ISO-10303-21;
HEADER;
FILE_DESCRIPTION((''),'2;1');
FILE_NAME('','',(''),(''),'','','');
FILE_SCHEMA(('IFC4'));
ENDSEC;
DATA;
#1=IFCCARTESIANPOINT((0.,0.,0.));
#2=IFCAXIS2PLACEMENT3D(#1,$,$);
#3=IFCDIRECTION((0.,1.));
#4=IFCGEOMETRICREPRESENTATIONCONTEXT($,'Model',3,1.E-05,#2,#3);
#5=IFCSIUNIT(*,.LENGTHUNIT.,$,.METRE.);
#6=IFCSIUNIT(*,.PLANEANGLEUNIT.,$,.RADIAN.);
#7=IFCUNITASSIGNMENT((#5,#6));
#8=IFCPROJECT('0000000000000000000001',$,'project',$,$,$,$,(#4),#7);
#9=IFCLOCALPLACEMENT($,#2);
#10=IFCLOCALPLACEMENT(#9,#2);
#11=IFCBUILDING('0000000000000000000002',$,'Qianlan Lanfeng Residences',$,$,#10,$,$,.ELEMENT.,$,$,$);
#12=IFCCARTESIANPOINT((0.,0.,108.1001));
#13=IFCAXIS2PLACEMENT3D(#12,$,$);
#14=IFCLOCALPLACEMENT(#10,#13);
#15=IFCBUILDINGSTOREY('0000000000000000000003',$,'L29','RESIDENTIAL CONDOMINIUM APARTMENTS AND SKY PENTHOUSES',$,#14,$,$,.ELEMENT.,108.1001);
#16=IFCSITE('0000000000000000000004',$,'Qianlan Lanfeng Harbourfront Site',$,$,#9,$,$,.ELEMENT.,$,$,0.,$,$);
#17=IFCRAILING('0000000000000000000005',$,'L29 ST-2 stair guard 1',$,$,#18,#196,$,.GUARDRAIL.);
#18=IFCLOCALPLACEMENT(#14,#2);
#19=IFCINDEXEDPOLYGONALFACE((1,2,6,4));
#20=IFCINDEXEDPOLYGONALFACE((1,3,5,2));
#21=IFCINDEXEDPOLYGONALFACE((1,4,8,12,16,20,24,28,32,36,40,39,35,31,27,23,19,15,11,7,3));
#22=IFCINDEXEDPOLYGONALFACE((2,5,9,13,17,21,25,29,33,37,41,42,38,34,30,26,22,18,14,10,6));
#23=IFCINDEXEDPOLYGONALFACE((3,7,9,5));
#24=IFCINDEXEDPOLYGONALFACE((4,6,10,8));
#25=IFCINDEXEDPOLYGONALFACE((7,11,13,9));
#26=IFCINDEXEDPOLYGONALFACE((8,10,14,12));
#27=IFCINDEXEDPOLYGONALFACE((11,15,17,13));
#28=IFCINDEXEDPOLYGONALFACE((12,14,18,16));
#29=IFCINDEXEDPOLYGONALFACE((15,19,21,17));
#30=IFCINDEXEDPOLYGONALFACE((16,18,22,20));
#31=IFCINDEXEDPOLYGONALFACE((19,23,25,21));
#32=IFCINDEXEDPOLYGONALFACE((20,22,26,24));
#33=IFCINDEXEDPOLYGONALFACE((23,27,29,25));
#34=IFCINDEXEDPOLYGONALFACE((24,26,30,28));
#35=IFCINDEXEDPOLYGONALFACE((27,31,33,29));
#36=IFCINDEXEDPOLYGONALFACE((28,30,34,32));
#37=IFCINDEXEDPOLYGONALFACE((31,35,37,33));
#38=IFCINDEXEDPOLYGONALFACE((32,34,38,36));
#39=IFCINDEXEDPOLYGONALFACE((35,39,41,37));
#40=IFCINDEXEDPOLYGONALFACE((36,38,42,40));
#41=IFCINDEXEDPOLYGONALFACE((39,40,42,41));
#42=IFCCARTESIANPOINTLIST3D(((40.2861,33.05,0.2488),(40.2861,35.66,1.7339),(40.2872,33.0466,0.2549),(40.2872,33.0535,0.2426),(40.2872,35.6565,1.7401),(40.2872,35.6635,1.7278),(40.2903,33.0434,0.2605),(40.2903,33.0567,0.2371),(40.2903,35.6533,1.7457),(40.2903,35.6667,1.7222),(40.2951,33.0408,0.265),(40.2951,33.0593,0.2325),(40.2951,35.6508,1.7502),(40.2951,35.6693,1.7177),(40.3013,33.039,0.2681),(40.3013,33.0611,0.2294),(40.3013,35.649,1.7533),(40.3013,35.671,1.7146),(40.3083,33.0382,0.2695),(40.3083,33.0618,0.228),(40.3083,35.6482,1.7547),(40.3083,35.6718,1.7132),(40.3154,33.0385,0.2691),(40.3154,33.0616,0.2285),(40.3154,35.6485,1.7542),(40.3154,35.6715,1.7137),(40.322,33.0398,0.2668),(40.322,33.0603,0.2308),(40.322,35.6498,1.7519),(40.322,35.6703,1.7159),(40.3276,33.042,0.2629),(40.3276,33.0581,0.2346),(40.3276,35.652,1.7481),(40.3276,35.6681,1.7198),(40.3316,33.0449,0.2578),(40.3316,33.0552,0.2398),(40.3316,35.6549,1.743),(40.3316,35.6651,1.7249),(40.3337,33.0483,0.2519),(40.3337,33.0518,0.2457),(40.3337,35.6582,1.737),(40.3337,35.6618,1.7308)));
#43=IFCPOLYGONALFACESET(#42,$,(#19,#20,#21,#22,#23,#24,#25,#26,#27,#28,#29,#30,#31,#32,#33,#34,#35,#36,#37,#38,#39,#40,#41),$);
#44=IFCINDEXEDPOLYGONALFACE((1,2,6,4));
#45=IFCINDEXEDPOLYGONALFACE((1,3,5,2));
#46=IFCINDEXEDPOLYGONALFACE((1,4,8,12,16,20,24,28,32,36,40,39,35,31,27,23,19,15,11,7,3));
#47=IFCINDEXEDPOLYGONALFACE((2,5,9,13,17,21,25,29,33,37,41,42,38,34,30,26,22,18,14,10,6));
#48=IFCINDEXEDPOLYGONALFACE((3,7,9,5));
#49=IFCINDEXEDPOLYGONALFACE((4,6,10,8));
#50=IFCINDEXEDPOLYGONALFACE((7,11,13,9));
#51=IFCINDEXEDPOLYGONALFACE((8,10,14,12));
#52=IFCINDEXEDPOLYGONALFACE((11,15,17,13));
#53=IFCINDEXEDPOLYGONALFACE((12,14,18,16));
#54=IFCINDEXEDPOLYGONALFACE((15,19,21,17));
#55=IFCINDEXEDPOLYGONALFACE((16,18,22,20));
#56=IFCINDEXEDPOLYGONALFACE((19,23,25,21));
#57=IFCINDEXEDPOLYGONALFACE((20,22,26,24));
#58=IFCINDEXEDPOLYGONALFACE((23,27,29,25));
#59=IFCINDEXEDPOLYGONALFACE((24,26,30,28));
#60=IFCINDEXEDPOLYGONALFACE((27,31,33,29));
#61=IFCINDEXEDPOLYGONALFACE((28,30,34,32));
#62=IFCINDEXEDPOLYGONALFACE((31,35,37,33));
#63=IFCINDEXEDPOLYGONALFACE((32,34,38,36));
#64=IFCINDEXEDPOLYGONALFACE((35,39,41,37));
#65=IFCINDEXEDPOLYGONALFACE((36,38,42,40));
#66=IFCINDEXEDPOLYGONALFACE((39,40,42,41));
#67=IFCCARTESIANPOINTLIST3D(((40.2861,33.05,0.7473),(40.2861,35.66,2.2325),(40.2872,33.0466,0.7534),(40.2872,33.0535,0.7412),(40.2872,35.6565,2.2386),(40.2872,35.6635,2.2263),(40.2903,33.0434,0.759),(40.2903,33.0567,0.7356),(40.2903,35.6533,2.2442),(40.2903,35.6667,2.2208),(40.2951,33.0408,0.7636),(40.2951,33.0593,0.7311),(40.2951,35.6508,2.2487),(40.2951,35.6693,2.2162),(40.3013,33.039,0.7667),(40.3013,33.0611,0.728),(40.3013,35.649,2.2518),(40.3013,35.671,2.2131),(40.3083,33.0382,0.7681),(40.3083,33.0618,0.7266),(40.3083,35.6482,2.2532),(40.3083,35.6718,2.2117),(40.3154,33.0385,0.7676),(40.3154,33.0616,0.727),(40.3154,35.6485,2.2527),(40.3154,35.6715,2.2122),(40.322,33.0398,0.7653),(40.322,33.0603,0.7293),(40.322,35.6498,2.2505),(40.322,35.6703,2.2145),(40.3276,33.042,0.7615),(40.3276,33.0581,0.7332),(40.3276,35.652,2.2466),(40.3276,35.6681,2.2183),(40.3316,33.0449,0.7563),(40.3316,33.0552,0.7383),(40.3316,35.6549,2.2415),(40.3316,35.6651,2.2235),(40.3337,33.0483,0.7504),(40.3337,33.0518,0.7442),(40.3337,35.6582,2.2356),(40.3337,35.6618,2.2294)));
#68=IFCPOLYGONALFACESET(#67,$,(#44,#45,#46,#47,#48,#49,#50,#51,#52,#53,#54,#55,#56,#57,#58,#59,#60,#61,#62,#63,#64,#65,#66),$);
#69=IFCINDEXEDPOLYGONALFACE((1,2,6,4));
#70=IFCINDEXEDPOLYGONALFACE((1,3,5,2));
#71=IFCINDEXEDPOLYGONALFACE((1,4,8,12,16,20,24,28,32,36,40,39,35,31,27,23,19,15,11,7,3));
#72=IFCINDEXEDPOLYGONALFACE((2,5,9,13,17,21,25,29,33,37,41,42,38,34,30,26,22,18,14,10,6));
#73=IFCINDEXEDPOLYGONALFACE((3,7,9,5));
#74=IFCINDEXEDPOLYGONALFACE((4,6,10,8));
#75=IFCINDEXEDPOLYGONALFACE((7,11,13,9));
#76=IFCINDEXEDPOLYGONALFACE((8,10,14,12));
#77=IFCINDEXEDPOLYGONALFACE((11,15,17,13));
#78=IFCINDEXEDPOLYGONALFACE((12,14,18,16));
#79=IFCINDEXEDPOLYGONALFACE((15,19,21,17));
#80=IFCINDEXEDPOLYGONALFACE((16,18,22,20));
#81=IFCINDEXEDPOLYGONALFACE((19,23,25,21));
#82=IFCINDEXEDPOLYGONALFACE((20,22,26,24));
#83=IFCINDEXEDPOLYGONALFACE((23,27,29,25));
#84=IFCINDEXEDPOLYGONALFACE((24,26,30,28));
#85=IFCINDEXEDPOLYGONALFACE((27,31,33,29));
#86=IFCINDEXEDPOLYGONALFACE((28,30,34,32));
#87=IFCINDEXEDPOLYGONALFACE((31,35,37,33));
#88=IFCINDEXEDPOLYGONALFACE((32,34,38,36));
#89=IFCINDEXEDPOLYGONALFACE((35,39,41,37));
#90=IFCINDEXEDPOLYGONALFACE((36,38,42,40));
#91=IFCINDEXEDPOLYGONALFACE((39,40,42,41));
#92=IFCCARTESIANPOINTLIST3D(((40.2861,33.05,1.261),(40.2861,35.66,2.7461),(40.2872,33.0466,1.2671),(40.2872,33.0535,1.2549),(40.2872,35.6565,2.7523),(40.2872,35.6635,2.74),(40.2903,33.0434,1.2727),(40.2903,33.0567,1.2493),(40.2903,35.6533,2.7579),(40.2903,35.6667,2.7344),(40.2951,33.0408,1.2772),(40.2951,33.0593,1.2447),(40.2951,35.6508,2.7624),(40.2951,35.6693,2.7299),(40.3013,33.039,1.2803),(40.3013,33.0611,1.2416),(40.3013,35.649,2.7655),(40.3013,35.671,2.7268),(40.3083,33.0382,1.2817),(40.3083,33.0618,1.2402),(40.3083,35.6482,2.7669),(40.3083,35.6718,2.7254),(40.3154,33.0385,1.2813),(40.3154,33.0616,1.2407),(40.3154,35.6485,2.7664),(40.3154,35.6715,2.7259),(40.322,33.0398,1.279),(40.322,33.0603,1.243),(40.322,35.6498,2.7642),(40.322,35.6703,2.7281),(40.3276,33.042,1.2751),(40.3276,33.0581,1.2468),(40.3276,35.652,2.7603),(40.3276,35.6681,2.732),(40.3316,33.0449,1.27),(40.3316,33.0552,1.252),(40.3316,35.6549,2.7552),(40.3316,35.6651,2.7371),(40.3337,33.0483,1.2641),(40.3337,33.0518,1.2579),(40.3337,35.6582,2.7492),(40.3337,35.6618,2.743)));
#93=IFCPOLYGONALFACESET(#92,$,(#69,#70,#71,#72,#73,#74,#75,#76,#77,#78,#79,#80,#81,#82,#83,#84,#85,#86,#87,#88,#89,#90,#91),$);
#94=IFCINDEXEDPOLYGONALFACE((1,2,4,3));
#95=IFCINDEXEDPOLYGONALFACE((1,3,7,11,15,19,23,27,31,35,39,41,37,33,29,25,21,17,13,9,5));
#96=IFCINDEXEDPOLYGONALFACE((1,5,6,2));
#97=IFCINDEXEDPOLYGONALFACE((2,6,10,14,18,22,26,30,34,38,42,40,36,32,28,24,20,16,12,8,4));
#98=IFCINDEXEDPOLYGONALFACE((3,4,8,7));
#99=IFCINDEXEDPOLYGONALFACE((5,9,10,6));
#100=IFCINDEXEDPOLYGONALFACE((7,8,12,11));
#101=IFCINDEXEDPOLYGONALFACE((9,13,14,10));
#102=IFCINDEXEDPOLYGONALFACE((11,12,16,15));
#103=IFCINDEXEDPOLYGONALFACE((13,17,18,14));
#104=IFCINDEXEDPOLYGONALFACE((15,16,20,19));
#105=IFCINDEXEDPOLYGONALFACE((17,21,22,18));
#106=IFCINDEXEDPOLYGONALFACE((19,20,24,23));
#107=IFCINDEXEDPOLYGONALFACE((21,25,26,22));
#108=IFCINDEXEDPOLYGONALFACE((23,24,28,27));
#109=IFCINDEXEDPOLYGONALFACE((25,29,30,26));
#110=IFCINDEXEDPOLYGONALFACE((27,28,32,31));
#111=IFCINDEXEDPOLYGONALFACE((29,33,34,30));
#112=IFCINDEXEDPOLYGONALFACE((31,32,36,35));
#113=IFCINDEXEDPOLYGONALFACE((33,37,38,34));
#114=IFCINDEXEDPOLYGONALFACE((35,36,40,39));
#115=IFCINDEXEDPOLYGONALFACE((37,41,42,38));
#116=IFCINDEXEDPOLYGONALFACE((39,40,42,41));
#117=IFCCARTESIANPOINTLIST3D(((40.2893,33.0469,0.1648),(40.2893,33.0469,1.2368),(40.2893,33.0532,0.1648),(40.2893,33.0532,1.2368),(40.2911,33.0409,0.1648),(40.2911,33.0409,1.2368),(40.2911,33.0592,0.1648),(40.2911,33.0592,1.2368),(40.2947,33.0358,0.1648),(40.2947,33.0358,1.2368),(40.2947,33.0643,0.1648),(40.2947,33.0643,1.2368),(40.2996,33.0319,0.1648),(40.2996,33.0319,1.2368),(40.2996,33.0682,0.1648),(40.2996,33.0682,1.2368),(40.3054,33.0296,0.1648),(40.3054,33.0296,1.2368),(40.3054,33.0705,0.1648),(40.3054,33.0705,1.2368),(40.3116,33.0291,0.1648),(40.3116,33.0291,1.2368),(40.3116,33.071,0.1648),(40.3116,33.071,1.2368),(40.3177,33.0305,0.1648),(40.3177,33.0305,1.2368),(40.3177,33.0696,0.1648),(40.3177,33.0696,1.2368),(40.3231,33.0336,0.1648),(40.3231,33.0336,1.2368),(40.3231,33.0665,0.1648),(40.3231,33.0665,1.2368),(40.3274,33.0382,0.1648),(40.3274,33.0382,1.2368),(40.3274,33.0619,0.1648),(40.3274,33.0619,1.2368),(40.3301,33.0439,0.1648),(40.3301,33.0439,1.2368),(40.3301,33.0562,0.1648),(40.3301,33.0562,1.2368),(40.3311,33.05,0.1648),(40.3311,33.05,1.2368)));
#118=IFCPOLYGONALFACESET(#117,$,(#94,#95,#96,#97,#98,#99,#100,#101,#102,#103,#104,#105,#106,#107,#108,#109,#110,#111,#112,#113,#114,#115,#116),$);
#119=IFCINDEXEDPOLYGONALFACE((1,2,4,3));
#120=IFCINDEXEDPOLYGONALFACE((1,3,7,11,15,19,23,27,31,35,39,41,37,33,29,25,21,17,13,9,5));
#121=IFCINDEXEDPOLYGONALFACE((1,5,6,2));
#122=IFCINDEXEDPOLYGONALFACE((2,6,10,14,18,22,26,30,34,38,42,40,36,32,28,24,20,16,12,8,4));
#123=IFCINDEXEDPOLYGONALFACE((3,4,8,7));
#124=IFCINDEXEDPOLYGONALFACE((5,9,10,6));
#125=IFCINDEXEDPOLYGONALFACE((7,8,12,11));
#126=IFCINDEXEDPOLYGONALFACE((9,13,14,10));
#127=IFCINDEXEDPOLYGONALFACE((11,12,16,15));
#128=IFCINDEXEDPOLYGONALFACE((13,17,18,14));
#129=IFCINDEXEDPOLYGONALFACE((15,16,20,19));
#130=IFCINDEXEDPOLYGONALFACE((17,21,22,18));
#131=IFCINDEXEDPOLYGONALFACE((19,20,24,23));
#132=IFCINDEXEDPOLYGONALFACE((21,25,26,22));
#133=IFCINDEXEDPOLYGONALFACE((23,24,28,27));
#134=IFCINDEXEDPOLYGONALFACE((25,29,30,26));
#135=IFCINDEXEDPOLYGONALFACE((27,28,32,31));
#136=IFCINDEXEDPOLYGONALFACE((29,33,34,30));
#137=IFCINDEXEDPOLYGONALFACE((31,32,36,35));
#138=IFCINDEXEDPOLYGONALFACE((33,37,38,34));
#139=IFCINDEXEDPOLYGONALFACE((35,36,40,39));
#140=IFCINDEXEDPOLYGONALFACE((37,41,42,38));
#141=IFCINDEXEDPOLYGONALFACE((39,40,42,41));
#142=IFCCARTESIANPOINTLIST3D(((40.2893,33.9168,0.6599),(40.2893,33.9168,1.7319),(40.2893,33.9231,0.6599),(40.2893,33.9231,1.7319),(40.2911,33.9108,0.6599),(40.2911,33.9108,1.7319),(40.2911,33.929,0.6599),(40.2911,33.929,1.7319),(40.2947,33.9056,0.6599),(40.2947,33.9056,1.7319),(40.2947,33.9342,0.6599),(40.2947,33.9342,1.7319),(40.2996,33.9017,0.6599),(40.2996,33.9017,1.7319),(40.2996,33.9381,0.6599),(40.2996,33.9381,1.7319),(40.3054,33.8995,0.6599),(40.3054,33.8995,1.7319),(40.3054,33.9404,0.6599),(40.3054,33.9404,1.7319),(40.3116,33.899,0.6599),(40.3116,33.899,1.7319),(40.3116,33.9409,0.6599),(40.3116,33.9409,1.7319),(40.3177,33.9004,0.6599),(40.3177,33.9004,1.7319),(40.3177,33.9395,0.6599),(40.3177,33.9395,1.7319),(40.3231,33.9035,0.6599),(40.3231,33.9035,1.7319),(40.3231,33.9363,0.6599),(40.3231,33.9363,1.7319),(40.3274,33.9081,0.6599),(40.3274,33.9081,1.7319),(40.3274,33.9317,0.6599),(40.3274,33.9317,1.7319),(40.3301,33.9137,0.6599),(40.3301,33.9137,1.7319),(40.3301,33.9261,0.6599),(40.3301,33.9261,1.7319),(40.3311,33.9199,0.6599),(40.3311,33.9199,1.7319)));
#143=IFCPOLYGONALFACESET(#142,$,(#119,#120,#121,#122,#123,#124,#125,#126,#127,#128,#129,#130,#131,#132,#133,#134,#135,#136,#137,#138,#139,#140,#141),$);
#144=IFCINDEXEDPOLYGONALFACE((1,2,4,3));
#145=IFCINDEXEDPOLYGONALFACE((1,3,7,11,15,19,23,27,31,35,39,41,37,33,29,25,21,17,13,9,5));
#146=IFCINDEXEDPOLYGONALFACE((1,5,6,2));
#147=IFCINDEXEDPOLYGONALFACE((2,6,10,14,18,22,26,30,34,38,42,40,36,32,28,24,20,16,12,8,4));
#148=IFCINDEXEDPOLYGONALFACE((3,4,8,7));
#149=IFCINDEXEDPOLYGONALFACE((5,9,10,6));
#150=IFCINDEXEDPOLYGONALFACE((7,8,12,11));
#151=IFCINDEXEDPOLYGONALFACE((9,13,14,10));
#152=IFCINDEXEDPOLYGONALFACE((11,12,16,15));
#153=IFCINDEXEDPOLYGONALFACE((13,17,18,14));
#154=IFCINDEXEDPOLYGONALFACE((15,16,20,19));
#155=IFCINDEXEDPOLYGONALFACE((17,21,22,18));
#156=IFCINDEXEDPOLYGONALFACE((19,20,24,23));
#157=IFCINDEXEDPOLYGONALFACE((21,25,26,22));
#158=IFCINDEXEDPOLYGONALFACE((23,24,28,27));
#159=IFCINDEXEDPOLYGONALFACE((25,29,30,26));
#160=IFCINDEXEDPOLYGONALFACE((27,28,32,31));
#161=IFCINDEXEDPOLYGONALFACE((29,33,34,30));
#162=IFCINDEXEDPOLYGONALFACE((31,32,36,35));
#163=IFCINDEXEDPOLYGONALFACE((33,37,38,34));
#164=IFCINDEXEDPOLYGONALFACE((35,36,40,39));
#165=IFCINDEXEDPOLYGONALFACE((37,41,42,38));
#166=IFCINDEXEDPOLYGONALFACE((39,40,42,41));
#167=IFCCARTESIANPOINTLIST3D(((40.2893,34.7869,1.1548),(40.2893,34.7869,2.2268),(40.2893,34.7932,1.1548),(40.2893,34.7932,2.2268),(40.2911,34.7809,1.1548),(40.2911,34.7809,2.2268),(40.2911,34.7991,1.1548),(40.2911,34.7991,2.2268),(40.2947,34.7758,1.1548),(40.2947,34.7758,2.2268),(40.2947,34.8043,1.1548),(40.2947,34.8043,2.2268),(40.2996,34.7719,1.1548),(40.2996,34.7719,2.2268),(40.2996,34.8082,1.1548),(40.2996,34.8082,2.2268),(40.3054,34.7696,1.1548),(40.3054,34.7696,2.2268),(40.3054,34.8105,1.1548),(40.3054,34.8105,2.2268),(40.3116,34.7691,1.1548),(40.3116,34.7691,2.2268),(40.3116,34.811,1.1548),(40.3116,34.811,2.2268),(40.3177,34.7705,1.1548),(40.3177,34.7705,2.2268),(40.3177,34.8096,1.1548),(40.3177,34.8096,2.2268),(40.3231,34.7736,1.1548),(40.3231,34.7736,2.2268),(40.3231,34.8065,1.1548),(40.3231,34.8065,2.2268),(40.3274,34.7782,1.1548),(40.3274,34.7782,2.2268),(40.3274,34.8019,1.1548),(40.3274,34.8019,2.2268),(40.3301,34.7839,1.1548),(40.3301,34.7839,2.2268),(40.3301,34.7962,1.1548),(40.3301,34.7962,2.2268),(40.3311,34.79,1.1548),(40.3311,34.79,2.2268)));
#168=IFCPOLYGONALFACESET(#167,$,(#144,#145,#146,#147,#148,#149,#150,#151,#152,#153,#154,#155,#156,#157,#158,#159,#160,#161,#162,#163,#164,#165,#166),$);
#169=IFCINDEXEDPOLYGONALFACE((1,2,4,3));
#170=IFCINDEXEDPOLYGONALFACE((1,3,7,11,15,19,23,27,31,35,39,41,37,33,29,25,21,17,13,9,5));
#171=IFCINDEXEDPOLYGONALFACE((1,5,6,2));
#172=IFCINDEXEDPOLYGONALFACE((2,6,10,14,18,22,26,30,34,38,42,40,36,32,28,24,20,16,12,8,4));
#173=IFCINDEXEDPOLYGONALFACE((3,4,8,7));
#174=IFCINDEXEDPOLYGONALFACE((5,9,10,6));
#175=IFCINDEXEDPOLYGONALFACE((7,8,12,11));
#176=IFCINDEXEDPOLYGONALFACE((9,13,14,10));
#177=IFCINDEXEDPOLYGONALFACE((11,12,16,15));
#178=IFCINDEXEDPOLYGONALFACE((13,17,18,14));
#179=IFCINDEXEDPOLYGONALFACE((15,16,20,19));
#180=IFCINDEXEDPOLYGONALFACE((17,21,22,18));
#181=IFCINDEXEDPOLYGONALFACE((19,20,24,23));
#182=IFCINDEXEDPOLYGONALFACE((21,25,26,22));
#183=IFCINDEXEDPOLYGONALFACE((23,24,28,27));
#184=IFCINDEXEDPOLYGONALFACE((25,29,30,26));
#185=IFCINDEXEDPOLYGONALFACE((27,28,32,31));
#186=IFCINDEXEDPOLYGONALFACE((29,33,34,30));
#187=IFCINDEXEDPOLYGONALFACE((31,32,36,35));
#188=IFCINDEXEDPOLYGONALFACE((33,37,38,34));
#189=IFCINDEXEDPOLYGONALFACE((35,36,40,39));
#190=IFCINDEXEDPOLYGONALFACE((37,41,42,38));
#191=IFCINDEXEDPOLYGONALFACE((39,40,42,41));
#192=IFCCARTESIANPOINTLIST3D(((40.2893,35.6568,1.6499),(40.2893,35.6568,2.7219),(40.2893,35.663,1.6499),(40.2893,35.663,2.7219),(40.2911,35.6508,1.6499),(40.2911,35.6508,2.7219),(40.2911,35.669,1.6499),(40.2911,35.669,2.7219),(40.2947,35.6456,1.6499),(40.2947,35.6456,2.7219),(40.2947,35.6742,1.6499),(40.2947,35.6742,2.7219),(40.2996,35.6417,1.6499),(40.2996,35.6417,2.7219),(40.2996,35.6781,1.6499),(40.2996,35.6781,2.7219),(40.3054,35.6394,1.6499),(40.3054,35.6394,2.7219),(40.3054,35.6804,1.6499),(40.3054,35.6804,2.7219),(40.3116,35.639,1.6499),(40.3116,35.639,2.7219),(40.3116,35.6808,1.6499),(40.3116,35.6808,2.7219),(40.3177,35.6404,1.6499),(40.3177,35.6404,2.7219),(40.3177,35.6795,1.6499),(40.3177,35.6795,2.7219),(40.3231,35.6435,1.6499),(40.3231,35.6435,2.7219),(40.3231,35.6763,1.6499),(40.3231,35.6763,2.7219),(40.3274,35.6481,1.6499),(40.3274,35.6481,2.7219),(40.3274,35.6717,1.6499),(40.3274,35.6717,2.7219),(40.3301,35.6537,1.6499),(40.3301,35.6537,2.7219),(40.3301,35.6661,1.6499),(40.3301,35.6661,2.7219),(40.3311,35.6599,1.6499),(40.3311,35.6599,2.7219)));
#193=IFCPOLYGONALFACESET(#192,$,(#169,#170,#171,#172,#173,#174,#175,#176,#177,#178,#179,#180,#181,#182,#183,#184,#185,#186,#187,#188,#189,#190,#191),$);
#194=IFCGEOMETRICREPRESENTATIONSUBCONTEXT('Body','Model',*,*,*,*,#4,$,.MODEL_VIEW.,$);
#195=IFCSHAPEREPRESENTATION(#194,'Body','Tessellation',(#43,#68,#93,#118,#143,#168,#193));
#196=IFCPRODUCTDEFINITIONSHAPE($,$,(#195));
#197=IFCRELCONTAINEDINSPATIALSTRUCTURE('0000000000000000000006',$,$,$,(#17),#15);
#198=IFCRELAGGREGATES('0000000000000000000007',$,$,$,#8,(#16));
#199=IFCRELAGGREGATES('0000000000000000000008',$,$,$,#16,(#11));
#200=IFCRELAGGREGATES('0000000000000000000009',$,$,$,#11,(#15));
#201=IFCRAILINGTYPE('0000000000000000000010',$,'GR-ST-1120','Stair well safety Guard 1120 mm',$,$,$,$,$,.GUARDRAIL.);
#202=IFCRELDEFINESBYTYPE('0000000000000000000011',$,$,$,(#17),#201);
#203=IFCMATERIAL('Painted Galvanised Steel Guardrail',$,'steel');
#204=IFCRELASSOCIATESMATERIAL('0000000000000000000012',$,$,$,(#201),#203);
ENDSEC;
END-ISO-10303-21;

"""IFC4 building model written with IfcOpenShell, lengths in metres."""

from ifc_helpers import new_model, si_unit, direction, frame, origin, origin_2d, place, context, subcontext, project, spatial, circle, extrude, material, type_object, element, save


model = new_model("IFC4")

# Units and contexts
model_context = context("Model", 3, precision=1e-05, world=origin(), true_north=direction((0.0, 1.0)))
body_context = subcontext(model_context, "Body", "Model", "MODEL_VIEW")
ifc_project = project(units=[si_unit("LENGTHUNIT", "METRE"), si_unit("PLANEANGLEUNIT", "RADIAN")], contexts=[model_context])

# Site, building, storey
site_placement = place(None, origin())
site = spatial("IfcSite", under=ifc_project, at=site_placement, Name="Qianlan Lanfeng Harbourfront Site", CompositionType="ELEMENT", RefElevation=0.0)
building_placement = place(site_placement, origin())
building = spatial("IfcBuilding", under=site, at=building_placement, Name="Qianlan Lanfeng Residences", CompositionType="ELEMENT")
storey_placement = place(building_placement, frame((0.0, 0.0, 108.1001)))
storey = spatial("IfcBuildingStorey", under=building, at=storey_placement, Name="L29", Description="RESIDENTIAL CONDOMINIUM APARTMENTS AND SKY PENTHOUSES", CompositionType="ELEMENT", Elevation=108.1001)

# Railing
ifc_material_1 = material(Name="Painted Galvanised Steel Guardrail", Category="steel")
railing_type_1 = type_object("IfcRailingType", Name="GR-ST-1120", Description="Stair well safety Guard 1120 mm", PredefinedType="GUARDRAIL", material=ifc_material_1)
railing_1_placement = place(storey_placement, frame((40.3101, 33.05, 0.1648)))
element("IfcRailing", 1, at=railing_1_placement, inside=storey, type_object=railing_type_1, Name="L29 ST-2 stair guard 1", PredefinedType="GUARDRAIL", context=body_context, shape_type="SweptSolid", body=[
    extrude(circle(Radius=0.0239, at=origin_2d()), frame((0.0, 0.0, 0.084), z_axis=(0.0, 0.869137, 0.494571), x_axis=(-1.0, 0.0, 0.0)), (0.0, 0.0, 1.0), 3.0029),
    extrude(circle(Radius=0.0239, at=origin_2d()), frame((0.0, 0.0, 0.5825), z_axis=(0.0, 0.869137, 0.494571), x_axis=(-1.0, 0.0, 0.0)), (0.0, 0.0, 1.0), 3.0029),
    extrude(circle(Radius=0.0239, at=origin_2d()), frame((0.0, 0.0, 1.0962), z_axis=(0.0, 0.869137, 0.494571), x_axis=(-1.0, 0.0, 0.0)), (0.0, 0.0, 1.0), 3.0029),
    extrude(circle(Radius=0.021, at=origin_2d()), origin(), (0.0, 0.0, 1.0), 1.072),
    extrude(circle(Radius=0.021, at=origin_2d()), frame((0.0, 0.8699, 0.4951)), (0.0, 0.0, 1.0), 1.072),
    extrude(circle(Radius=0.021, at=origin_2d()), frame((0.0, 1.74, 0.99)), (0.0, 0.0, 1.0), 1.072),
    extrude(circle(Radius=0.021, at=origin_2d()), frame((0.0, 2.6099, 1.4851)), (0.0, 0.0, 1.0), 1.072),
])

save(model, "model.ifc")
